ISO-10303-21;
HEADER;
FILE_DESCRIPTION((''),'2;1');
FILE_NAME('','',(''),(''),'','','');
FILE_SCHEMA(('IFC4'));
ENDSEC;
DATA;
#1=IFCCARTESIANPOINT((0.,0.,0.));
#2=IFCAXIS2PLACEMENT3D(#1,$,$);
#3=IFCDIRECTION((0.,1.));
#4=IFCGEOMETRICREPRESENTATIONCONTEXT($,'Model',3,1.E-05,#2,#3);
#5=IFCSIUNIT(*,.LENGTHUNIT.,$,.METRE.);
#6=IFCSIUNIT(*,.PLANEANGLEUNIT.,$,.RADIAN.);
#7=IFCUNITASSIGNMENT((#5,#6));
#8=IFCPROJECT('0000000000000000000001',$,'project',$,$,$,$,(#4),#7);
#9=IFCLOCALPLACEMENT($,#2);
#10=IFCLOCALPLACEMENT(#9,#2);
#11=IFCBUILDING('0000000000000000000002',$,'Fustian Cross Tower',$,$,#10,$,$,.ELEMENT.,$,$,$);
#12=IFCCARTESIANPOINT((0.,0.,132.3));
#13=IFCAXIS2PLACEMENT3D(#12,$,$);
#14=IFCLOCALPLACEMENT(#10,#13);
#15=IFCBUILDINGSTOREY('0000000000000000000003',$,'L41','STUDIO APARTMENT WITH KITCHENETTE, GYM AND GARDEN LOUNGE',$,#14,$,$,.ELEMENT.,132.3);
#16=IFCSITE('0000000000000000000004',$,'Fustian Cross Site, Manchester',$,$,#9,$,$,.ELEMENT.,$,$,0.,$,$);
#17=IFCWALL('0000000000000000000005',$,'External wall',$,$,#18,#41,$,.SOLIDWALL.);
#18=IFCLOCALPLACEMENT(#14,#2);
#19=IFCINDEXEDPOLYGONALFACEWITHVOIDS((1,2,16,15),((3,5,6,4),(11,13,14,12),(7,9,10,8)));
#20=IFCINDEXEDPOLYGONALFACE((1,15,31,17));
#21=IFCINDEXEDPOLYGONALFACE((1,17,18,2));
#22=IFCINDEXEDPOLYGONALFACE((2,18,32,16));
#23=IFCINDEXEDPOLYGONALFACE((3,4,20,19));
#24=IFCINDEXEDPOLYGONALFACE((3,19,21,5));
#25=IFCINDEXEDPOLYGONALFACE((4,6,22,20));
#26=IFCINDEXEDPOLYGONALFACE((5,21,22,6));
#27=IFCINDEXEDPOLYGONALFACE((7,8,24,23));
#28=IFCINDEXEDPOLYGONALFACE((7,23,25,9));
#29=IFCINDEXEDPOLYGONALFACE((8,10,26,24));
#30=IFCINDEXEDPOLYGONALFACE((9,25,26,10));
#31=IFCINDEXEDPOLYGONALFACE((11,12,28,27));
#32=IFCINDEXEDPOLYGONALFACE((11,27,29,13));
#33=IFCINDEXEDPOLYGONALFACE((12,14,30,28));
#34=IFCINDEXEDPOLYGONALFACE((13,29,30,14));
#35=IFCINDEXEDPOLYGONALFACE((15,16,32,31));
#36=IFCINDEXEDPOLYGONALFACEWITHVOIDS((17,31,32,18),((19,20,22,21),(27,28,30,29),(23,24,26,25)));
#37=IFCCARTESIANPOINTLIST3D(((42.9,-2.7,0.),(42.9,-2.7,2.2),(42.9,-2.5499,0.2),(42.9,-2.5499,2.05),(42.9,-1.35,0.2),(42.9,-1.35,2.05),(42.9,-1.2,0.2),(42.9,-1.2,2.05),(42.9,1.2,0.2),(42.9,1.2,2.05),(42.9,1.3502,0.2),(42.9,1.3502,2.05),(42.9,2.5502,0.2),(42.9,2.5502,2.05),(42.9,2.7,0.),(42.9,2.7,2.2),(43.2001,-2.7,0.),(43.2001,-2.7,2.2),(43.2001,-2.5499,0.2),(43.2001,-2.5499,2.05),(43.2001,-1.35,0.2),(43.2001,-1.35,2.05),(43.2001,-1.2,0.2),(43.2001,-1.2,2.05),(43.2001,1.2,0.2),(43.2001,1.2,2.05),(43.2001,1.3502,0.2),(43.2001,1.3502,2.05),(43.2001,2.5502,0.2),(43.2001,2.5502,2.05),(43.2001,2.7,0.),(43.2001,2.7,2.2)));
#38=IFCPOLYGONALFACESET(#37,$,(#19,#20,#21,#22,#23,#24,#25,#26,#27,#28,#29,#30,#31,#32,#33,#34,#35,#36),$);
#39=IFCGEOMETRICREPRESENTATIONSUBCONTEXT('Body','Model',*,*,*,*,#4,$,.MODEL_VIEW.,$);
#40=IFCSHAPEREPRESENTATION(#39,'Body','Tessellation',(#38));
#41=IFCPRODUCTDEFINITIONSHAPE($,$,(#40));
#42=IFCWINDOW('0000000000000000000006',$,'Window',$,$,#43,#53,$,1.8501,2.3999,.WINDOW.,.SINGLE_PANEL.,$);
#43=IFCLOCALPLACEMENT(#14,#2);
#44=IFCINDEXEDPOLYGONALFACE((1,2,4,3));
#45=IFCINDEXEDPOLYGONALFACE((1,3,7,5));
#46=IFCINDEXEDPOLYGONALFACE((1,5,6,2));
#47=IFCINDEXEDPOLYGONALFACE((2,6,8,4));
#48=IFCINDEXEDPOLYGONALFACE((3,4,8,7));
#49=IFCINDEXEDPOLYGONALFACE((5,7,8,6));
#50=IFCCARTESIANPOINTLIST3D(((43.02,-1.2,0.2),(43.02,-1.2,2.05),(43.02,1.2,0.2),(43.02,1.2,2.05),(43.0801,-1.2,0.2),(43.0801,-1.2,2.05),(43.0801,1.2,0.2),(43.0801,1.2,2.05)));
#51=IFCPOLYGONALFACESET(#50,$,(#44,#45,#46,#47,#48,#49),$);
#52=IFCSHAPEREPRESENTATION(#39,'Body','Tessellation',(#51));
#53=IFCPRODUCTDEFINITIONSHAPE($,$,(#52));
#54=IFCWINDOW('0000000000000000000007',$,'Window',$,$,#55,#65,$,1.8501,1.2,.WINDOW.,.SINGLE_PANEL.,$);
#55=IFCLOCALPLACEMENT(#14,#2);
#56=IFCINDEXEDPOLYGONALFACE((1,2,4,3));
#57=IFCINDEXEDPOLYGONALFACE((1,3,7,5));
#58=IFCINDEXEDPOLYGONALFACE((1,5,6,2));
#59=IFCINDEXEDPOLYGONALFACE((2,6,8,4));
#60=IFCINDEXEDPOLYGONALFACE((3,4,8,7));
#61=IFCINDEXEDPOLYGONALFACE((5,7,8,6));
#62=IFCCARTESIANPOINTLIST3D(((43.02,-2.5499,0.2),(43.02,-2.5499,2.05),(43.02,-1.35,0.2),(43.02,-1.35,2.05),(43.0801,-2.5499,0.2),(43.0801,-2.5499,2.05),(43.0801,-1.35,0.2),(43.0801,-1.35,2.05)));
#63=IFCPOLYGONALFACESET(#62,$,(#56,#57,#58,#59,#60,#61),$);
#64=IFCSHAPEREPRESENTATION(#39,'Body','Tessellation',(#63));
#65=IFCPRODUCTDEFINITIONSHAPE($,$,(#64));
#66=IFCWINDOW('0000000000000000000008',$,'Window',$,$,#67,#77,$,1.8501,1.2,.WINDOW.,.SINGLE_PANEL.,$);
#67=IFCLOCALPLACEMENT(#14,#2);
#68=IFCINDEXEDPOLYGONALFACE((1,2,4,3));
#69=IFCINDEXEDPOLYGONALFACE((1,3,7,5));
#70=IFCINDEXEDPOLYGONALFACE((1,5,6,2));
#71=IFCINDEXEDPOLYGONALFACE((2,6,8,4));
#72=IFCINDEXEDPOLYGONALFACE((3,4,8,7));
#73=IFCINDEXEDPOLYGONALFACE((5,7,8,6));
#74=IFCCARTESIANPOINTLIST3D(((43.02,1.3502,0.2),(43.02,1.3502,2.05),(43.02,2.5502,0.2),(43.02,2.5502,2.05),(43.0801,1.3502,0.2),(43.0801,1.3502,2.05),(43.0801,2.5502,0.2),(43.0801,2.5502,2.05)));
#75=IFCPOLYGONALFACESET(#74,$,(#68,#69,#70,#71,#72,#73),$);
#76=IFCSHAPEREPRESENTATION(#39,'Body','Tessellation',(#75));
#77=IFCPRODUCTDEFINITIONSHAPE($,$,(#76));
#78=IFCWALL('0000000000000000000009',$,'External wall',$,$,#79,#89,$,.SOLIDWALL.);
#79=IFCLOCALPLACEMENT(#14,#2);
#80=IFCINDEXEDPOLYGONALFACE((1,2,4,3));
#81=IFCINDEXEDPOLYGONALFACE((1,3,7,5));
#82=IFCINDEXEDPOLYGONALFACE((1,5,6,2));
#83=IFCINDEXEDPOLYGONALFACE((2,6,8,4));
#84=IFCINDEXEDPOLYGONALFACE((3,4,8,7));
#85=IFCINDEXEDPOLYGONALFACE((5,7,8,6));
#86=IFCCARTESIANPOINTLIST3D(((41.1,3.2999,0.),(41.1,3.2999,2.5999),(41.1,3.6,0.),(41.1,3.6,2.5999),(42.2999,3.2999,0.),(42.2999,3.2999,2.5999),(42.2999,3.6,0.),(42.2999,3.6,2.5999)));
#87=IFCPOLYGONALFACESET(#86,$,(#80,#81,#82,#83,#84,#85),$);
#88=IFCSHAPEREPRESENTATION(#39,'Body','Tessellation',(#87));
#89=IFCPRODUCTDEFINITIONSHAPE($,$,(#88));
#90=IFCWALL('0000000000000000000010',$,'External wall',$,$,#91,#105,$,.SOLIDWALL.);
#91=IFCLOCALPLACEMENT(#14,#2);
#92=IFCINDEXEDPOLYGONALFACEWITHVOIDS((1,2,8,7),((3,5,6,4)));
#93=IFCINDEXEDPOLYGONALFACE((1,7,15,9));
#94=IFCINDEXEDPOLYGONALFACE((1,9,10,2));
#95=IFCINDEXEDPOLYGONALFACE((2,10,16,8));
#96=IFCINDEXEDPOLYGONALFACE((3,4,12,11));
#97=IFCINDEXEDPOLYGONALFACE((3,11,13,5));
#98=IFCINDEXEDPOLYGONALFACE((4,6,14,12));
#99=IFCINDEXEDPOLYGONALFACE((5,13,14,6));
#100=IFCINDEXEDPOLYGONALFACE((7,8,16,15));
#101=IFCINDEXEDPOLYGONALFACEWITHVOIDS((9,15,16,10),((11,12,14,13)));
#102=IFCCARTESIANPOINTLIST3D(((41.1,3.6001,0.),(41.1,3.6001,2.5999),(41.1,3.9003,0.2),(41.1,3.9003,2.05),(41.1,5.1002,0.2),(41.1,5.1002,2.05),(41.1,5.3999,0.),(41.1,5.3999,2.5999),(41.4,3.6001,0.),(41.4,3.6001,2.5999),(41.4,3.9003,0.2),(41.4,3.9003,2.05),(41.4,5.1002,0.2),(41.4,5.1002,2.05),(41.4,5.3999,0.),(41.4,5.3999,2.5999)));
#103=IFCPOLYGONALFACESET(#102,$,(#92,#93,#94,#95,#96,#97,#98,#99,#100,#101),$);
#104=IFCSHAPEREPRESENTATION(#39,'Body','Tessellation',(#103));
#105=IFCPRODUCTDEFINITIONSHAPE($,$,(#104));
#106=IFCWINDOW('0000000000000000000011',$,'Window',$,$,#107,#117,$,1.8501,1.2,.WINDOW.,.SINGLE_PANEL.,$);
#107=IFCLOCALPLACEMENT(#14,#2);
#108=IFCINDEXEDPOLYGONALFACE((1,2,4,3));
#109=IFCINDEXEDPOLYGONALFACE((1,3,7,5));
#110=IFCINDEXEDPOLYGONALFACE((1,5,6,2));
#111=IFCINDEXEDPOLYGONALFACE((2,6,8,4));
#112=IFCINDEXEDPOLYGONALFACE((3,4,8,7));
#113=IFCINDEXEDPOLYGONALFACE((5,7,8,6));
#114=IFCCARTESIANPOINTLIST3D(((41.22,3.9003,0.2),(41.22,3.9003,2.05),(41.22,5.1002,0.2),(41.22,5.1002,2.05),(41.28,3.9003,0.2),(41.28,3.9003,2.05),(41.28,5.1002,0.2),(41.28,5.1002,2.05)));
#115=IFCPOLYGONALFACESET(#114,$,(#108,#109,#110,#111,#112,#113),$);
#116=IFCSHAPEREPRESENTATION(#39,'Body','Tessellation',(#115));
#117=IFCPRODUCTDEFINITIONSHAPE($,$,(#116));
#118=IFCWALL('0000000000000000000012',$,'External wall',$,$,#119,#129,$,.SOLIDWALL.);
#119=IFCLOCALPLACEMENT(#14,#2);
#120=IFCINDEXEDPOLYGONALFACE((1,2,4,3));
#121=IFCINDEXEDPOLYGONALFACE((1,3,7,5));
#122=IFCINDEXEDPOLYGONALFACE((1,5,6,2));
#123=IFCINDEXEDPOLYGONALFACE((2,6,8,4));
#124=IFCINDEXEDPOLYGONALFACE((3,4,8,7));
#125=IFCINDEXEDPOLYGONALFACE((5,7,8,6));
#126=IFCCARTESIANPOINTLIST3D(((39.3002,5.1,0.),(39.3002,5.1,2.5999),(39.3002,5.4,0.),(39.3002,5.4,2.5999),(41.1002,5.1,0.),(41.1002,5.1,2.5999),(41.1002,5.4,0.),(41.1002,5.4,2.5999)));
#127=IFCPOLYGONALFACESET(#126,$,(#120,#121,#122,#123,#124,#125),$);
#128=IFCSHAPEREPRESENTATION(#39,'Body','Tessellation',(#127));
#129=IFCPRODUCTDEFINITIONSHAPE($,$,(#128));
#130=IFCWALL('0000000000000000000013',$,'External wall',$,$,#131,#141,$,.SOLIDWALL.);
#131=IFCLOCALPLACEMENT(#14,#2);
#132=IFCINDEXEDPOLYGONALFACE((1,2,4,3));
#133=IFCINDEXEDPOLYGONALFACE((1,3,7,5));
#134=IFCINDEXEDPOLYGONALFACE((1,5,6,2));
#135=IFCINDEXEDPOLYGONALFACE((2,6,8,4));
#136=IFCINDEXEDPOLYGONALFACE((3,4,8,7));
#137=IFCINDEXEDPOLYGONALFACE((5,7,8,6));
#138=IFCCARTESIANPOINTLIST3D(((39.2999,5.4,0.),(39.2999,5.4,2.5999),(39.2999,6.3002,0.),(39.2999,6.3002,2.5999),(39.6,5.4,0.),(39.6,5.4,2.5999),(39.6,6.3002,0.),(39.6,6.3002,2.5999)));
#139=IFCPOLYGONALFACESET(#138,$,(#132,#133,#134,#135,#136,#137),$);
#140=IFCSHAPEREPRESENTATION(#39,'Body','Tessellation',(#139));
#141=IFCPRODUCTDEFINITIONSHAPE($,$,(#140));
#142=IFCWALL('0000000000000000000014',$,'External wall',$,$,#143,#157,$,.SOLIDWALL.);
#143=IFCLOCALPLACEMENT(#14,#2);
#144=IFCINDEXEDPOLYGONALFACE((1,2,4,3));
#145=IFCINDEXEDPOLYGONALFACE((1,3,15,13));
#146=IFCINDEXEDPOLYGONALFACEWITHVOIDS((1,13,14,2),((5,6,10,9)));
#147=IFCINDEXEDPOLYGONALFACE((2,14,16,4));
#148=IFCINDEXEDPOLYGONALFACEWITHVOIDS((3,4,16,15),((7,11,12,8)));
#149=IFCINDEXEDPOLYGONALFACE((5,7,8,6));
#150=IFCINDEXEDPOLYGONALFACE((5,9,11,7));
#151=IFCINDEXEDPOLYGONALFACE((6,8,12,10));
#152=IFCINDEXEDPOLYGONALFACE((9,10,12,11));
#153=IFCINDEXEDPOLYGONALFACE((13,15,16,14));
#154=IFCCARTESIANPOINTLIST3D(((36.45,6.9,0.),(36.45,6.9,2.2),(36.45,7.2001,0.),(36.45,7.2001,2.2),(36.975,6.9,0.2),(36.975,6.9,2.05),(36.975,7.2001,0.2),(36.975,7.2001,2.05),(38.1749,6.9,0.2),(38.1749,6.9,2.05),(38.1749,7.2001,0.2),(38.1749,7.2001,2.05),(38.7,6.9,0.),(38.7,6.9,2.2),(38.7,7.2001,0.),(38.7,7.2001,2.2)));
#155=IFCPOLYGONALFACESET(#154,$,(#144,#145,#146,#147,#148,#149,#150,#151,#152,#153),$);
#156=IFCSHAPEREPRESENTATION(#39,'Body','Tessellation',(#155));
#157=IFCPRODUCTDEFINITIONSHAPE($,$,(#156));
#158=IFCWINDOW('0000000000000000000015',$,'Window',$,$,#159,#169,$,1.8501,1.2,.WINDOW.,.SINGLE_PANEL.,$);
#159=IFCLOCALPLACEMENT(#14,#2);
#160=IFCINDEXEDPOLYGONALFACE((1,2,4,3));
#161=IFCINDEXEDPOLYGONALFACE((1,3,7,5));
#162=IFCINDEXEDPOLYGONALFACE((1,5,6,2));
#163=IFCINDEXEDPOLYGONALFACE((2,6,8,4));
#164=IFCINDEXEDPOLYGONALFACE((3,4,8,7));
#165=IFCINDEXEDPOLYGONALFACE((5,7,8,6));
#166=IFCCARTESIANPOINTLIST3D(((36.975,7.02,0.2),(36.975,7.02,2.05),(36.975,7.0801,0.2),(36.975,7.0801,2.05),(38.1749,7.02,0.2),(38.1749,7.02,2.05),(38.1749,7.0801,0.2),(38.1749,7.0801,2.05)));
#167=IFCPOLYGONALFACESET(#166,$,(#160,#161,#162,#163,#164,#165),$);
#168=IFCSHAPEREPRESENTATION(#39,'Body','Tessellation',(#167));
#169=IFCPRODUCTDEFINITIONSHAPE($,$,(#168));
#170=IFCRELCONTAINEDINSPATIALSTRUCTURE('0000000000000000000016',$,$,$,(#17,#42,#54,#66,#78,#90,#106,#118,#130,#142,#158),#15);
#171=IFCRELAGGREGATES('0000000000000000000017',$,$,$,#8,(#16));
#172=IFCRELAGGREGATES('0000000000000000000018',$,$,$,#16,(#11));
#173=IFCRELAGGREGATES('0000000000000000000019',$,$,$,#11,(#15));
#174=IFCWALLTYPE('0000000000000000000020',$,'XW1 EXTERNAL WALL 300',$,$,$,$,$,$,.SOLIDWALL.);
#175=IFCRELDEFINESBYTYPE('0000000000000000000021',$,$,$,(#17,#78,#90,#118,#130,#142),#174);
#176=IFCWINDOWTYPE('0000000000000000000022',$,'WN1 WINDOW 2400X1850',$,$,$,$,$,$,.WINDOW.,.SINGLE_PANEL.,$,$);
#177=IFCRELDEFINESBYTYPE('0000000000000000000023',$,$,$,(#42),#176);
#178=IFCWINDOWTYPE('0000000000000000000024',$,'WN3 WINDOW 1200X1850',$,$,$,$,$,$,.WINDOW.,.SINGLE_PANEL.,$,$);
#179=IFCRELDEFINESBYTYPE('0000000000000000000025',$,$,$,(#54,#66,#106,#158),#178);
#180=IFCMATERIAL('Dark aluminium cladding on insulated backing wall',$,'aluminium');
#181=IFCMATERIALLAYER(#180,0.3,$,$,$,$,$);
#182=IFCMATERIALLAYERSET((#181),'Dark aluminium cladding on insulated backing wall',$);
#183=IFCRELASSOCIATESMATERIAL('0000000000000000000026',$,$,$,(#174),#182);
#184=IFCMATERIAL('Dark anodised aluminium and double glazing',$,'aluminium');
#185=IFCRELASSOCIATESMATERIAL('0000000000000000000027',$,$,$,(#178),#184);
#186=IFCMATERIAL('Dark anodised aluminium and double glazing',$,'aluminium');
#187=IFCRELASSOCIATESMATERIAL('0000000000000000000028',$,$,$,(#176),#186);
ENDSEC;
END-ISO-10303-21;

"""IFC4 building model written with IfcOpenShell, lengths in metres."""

from ifc_helpers import new_model, si_unit, direction, frame, frame_2d, origin, place, context, subcontext, project, spatial, rectangle, extrude, material, layer, layer_set, type_object, element, fill, save


model = new_model("IFC4")

# Units and contexts
model_context = context("Model", 3, precision=1e-05, world=origin(), true_north=direction((0.0, 1.0)))
body_context = subcontext(model_context, "Body", "Model", "MODEL_VIEW")
ifc_project = project(units=[si_unit("LENGTHUNIT", "METRE"), si_unit("PLANEANGLEUNIT", "RADIAN")], contexts=[model_context])

# Site, building, storey
site_placement = place(None, origin())
site = spatial("IfcSite", under=ifc_project, at=site_placement, Name="Fustian Cross Site, Manchester", CompositionType="ELEMENT", RefElevation=0.0)
building_placement = place(site_placement, origin())
building = spatial("IfcBuilding", under=site, at=building_placement, Name="Fustian Cross Tower", CompositionType="ELEMENT")
storey_placement = place(building_placement, frame((0.0, 0.0, 132.3)))
storey = spatial("IfcBuildingStorey", under=building, at=storey_placement, Name="L41", Description="STUDIO APARTMENT WITH KITCHENETTE, GYM AND GARDEN LOUNGE", CompositionType="ELEMENT", Elevation=132.3)

# Shared definitions
ifc_material_1 = material(Name="Dark aluminium cladding on insulated backing wall", Category="aluminium")
ifc_layer_1 = layer(ifc_material_1, 0.3)
ifc_layer_set_1 = layer_set([ifc_layer_1], Name="Dark aluminium cladding on insulated backing wall")
wall_type_1 = type_object("IfcWallType", Name="XW1 EXTERNAL WALL 300", PredefinedType="SOLIDWALL", material=ifc_layer_set_1)

# Shared definitions
ifc_material_2 = material(Name="Dark anodised aluminium and double glazing", Category="aluminium")
window_type_1 = type_object("IfcWindowType", Name="WN3 WINDOW 1200X1850", PartitioningType="SINGLE_PANEL", PredefinedType="WINDOW", material=ifc_material_2)

# Wall, openings, windows
wall_1_placement = place(storey_placement, frame((43.05, -2.7, 0.0), z_axis=(0.0, 0.0, 1.0), x_axis=(0.0, 1.0, 0.0)))
wall_1 = element("IfcWall", 1, at=wall_1_placement, inside=storey, type_object=wall_type_1, Name="External wall", PredefinedType="SOLIDWALL", context=body_context, shape_type="SweptSolid", body=[
    extrude(rectangle(XDim=5.3999, YDim=0.3, at=frame_2d((2.7, 0.0))), origin(), (0.0, 0.0, 1.0), 2.2),
])
opening_1_placement = place(wall_1_placement, frame((1.5, 0.0, 0.2)))
opening_1 = element("IfcOpeningElement", 2, at=opening_1_placement, cuts=wall_1, PredefinedType="OPENING", context=body_context, shape_type="SweptSolid", body=[
    extrude(rectangle(XDim=2.3999, YDim=1.8501, at=frame_2d((1.2, 0.925))), frame((0.0, 0.1599, 0.0), z_axis=(0.0, -1.0, 0.0), x_axis=(1.0, 0.0, 0.0)), (0.0, 0.0, 1.0), 0.3201),
])
opening_2_placement = place(wall_1_placement, frame((0.1499, 0.0, 0.2)))
opening_2 = element("IfcOpeningElement", 3, at=opening_2_placement, cuts=wall_1, PredefinedType="OPENING", context=body_context, shape_type="SweptSolid", body=[
    extrude(rectangle(XDim=1.2, YDim=1.8501, at=frame_2d((0.6001, 0.925))), frame((0.0, 0.1599, 0.0), z_axis=(0.0, -1.0, 0.0), x_axis=(1.0, 0.0, 0.0)), (0.0, 0.0, 1.0), 0.3201),
])
opening_3_placement = place(wall_1_placement, frame((4.05, 0.0, 0.2)))
opening_3 = element("IfcOpeningElement", 4, at=opening_3_placement, cuts=wall_1, PredefinedType="OPENING", context=body_context, shape_type="SweptSolid", body=[
    extrude(rectangle(XDim=1.2, YDim=1.8501, at=frame_2d((0.6001, 0.925))), frame((0.0, 0.1599, 0.0), z_axis=(0.0, -1.0, 0.0), x_axis=(1.0, 0.0, 0.0)), (0.0, 0.0, 1.0), 0.3201),
])
ifc_material_3 = material(Name="Dark anodised aluminium and double glazing", Category="aluminium")
window_type_2 = type_object("IfcWindowType", Name="WN1 WINDOW 2400X1850", PartitioningType="SINGLE_PANEL", PredefinedType="WINDOW", material=ifc_material_3)
window_1_placement = place(opening_1_placement, origin())
window_1 = element("IfcWindow", 5, at=window_1_placement, inside=storey, type_object=window_type_2, Name="Window", OverallHeight=1.8501, OverallWidth=2.3999, PartitioningType="SINGLE_PANEL", PredefinedType="WINDOW", context=body_context, shape_type="SweptSolid", body=[
    extrude(rectangle(XDim=2.3999, YDim=1.8501, at=frame_2d((1.2, 0.925))), frame((0.0, 0.03, 0.0), z_axis=(0.0, -1.0, 0.0), x_axis=(1.0, 0.0, 0.0)), (0.0, 0.0, 1.0), 0.0601),
])
fill(opening_1, window_1)
window_2_placement = place(opening_2_placement, origin())
window_2 = element("IfcWindow", 6, at=window_2_placement, inside=storey, type_object=window_type_1, Name="Window", OverallHeight=1.8501, OverallWidth=1.2, PartitioningType="SINGLE_PANEL", PredefinedType="WINDOW", context=body_context, shape_type="SweptSolid", body=[
    extrude(rectangle(XDim=1.2, YDim=1.8501, at=frame_2d((0.6001, 0.925))), frame((0.0, 0.03, 0.0), z_axis=(0.0, -1.0, 0.0), x_axis=(1.0, 0.0, 0.0)), (0.0, 0.0, 1.0), 0.0601),
])
fill(opening_2, window_2)
window_3_placement = place(opening_3_placement, origin())
window_3 = element("IfcWindow", 7, at=window_3_placement, inside=storey, type_object=window_type_1, Name="Window", OverallHeight=1.8501, OverallWidth=1.2, PartitioningType="SINGLE_PANEL", PredefinedType="WINDOW", context=body_context, shape_type="SweptSolid", body=[
    extrude(rectangle(XDim=1.2, YDim=1.8501, at=frame_2d((0.6001, 0.925))), frame((0.0, 0.03, 0.0), z_axis=(0.0, -1.0, 0.0), x_axis=(1.0, 0.0, 0.0)), (0.0, 0.0, 1.0), 0.0601),
])
fill(opening_3, window_3)

# Wall
wall_2_placement = place(storey_placement, frame((42.3, 3.45, 0.0), z_axis=(0.0, 0.0, 1.0), x_axis=(-1.0, 0.0, 0.0)))
element("IfcWall", 8, at=wall_2_placement, inside=storey, type_object=wall_type_1, Name="External wall", PredefinedType="SOLIDWALL", context=body_context, shape_type="SweptSolid", body=[
    extrude(rectangle(XDim=1.2, YDim=0.3, at=frame_2d((0.6001, 0.0))), origin(), (0.0, 0.0, 1.0), 2.5999),
])

# Wall, opening, window
wall_3_placement = place(storey_placement, frame((41.25, 3.6001, 0.0), z_axis=(0.0, 0.0, 1.0), x_axis=(0.0, 1.0, 0.0)))
wall_3 = element("IfcWall", 9, at=wall_3_placement, inside=storey, type_object=wall_type_1, Name="External wall", PredefinedType="SOLIDWALL", context=body_context, shape_type="SweptSolid", body=[
    extrude(rectangle(XDim=1.7998, YDim=0.3, at=frame_2d((0.8999, 0.0))), origin(), (0.0, 0.0, 1.0), 2.5999),
])
opening_4_placement = place(wall_3_placement, frame((0.3, 0.0, 0.2)))
opening_4 = element("IfcOpeningElement", 10, at=opening_4_placement, cuts=wall_3, PredefinedType="OPENING", context=body_context, shape_type="SweptSolid", body=[
    extrude(rectangle(XDim=1.2, YDim=1.8501, at=frame_2d((0.6001, 0.925))), frame((0.0, 0.1599, 0.0), z_axis=(0.0, -1.0, 0.0), x_axis=(1.0, 0.0, 0.0)), (0.0, 0.0, 1.0), 0.3201),
])
window_4_placement = place(opening_4_placement, origin())
window_4 = element("IfcWindow", 11, at=window_4_placement, inside=storey, type_object=window_type_1, Name="Window", OverallHeight=1.8501, OverallWidth=1.2, PartitioningType="SINGLE_PANEL", PredefinedType="WINDOW", context=body_context, shape_type="SweptSolid", body=[
    extrude(rectangle(XDim=1.2, YDim=1.8501, at=frame_2d((0.6001, 0.925))), frame((0.0, 0.03, 0.0), z_axis=(0.0, -1.0, 0.0), x_axis=(1.0, 0.0, 0.0)), (0.0, 0.0, 1.0), 0.0601),
])
fill(opening_4, window_4)

# Walls
wall_4_placement = place(storey_placement, frame((41.1001, 5.25, 0.0), z_axis=(0.0, 0.0, 1.0), x_axis=(-1.0, 0.0, 0.0)))
element("IfcWall", 12, at=wall_4_placement, inside=storey, type_object=wall_type_1, Name="External wall", PredefinedType="SOLIDWALL", context=body_context, shape_type="SweptSolid", body=[
    extrude(rectangle(XDim=1.8, YDim=0.3, at=frame_2d((0.8999, 0.0))), origin(), (0.0, 0.0, 1.0), 2.5999),
])
wall_5_placement = place(storey_placement, frame((39.45, 5.3999, 0.0), z_axis=(0.0, 0.0, 1.0), x_axis=(0.0, 1.0, 0.0)))
element("IfcWall", 13, at=wall_5_placement, inside=storey, type_object=wall_type_1, Name="External wall", PredefinedType="SOLIDWALL", context=body_context, shape_type="SweptSolid", body=[
    extrude(rectangle(XDim=0.9001, YDim=0.3, at=frame_2d((0.4502, 0.0))), origin(), (0.0, 0.0, 1.0), 2.5999),
])

# Wall, opening, window
wall_6_placement = place(storey_placement, frame((38.7, 7.05, 0.0), z_axis=(0.0, 0.0, 1.0), x_axis=(-1.0, 0.0, 0.0)))
wall_6 = element("IfcWall", 14, at=wall_6_placement, inside=storey, type_object=wall_type_1, Name="External wall", PredefinedType="SOLIDWALL", context=body_context, shape_type="SweptSolid", body=[
    extrude(rectangle(XDim=2.25, YDim=0.3, at=frame_2d((1.125, 0.0))), origin(), (0.0, 0.0, 1.0), 2.2),
])
opening_5_placement = place(wall_6_placement, frame((0.5249, 0.0, 0.2)))
opening_5 = element("IfcOpeningElement", 15, at=opening_5_placement, cuts=wall_6, PredefinedType="OPENING", context=body_context, shape_type="SweptSolid", body=[
    extrude(rectangle(XDim=1.2, YDim=1.8501, at=frame_2d((0.6001, 0.925))), frame((0.0, 0.1599, 0.0), z_axis=(0.0, -1.0, 0.0), x_axis=(1.0, 0.0, 0.0)), (0.0, 0.0, 1.0), 0.3201),
])
window_5_placement = place(opening_5_placement, origin())
window_5 = element("IfcWindow", 16, at=window_5_placement, inside=storey, type_object=window_type_1, Name="Window", OverallHeight=1.8501, OverallWidth=1.2, PartitioningType="SINGLE_PANEL", PredefinedType="WINDOW", context=body_context, shape_type="SweptSolid", body=[
    extrude(rectangle(XDim=1.2, YDim=1.8501, at=frame_2d((0.6001, 0.925))), frame((0.0, 0.03, 0.0), z_axis=(0.0, -1.0, 0.0), x_axis=(1.0, 0.0, 0.0)), (0.0, 0.0, 1.0), 0.0601),
])
fill(opening_5, window_5)

save(model, "model.ifc")
